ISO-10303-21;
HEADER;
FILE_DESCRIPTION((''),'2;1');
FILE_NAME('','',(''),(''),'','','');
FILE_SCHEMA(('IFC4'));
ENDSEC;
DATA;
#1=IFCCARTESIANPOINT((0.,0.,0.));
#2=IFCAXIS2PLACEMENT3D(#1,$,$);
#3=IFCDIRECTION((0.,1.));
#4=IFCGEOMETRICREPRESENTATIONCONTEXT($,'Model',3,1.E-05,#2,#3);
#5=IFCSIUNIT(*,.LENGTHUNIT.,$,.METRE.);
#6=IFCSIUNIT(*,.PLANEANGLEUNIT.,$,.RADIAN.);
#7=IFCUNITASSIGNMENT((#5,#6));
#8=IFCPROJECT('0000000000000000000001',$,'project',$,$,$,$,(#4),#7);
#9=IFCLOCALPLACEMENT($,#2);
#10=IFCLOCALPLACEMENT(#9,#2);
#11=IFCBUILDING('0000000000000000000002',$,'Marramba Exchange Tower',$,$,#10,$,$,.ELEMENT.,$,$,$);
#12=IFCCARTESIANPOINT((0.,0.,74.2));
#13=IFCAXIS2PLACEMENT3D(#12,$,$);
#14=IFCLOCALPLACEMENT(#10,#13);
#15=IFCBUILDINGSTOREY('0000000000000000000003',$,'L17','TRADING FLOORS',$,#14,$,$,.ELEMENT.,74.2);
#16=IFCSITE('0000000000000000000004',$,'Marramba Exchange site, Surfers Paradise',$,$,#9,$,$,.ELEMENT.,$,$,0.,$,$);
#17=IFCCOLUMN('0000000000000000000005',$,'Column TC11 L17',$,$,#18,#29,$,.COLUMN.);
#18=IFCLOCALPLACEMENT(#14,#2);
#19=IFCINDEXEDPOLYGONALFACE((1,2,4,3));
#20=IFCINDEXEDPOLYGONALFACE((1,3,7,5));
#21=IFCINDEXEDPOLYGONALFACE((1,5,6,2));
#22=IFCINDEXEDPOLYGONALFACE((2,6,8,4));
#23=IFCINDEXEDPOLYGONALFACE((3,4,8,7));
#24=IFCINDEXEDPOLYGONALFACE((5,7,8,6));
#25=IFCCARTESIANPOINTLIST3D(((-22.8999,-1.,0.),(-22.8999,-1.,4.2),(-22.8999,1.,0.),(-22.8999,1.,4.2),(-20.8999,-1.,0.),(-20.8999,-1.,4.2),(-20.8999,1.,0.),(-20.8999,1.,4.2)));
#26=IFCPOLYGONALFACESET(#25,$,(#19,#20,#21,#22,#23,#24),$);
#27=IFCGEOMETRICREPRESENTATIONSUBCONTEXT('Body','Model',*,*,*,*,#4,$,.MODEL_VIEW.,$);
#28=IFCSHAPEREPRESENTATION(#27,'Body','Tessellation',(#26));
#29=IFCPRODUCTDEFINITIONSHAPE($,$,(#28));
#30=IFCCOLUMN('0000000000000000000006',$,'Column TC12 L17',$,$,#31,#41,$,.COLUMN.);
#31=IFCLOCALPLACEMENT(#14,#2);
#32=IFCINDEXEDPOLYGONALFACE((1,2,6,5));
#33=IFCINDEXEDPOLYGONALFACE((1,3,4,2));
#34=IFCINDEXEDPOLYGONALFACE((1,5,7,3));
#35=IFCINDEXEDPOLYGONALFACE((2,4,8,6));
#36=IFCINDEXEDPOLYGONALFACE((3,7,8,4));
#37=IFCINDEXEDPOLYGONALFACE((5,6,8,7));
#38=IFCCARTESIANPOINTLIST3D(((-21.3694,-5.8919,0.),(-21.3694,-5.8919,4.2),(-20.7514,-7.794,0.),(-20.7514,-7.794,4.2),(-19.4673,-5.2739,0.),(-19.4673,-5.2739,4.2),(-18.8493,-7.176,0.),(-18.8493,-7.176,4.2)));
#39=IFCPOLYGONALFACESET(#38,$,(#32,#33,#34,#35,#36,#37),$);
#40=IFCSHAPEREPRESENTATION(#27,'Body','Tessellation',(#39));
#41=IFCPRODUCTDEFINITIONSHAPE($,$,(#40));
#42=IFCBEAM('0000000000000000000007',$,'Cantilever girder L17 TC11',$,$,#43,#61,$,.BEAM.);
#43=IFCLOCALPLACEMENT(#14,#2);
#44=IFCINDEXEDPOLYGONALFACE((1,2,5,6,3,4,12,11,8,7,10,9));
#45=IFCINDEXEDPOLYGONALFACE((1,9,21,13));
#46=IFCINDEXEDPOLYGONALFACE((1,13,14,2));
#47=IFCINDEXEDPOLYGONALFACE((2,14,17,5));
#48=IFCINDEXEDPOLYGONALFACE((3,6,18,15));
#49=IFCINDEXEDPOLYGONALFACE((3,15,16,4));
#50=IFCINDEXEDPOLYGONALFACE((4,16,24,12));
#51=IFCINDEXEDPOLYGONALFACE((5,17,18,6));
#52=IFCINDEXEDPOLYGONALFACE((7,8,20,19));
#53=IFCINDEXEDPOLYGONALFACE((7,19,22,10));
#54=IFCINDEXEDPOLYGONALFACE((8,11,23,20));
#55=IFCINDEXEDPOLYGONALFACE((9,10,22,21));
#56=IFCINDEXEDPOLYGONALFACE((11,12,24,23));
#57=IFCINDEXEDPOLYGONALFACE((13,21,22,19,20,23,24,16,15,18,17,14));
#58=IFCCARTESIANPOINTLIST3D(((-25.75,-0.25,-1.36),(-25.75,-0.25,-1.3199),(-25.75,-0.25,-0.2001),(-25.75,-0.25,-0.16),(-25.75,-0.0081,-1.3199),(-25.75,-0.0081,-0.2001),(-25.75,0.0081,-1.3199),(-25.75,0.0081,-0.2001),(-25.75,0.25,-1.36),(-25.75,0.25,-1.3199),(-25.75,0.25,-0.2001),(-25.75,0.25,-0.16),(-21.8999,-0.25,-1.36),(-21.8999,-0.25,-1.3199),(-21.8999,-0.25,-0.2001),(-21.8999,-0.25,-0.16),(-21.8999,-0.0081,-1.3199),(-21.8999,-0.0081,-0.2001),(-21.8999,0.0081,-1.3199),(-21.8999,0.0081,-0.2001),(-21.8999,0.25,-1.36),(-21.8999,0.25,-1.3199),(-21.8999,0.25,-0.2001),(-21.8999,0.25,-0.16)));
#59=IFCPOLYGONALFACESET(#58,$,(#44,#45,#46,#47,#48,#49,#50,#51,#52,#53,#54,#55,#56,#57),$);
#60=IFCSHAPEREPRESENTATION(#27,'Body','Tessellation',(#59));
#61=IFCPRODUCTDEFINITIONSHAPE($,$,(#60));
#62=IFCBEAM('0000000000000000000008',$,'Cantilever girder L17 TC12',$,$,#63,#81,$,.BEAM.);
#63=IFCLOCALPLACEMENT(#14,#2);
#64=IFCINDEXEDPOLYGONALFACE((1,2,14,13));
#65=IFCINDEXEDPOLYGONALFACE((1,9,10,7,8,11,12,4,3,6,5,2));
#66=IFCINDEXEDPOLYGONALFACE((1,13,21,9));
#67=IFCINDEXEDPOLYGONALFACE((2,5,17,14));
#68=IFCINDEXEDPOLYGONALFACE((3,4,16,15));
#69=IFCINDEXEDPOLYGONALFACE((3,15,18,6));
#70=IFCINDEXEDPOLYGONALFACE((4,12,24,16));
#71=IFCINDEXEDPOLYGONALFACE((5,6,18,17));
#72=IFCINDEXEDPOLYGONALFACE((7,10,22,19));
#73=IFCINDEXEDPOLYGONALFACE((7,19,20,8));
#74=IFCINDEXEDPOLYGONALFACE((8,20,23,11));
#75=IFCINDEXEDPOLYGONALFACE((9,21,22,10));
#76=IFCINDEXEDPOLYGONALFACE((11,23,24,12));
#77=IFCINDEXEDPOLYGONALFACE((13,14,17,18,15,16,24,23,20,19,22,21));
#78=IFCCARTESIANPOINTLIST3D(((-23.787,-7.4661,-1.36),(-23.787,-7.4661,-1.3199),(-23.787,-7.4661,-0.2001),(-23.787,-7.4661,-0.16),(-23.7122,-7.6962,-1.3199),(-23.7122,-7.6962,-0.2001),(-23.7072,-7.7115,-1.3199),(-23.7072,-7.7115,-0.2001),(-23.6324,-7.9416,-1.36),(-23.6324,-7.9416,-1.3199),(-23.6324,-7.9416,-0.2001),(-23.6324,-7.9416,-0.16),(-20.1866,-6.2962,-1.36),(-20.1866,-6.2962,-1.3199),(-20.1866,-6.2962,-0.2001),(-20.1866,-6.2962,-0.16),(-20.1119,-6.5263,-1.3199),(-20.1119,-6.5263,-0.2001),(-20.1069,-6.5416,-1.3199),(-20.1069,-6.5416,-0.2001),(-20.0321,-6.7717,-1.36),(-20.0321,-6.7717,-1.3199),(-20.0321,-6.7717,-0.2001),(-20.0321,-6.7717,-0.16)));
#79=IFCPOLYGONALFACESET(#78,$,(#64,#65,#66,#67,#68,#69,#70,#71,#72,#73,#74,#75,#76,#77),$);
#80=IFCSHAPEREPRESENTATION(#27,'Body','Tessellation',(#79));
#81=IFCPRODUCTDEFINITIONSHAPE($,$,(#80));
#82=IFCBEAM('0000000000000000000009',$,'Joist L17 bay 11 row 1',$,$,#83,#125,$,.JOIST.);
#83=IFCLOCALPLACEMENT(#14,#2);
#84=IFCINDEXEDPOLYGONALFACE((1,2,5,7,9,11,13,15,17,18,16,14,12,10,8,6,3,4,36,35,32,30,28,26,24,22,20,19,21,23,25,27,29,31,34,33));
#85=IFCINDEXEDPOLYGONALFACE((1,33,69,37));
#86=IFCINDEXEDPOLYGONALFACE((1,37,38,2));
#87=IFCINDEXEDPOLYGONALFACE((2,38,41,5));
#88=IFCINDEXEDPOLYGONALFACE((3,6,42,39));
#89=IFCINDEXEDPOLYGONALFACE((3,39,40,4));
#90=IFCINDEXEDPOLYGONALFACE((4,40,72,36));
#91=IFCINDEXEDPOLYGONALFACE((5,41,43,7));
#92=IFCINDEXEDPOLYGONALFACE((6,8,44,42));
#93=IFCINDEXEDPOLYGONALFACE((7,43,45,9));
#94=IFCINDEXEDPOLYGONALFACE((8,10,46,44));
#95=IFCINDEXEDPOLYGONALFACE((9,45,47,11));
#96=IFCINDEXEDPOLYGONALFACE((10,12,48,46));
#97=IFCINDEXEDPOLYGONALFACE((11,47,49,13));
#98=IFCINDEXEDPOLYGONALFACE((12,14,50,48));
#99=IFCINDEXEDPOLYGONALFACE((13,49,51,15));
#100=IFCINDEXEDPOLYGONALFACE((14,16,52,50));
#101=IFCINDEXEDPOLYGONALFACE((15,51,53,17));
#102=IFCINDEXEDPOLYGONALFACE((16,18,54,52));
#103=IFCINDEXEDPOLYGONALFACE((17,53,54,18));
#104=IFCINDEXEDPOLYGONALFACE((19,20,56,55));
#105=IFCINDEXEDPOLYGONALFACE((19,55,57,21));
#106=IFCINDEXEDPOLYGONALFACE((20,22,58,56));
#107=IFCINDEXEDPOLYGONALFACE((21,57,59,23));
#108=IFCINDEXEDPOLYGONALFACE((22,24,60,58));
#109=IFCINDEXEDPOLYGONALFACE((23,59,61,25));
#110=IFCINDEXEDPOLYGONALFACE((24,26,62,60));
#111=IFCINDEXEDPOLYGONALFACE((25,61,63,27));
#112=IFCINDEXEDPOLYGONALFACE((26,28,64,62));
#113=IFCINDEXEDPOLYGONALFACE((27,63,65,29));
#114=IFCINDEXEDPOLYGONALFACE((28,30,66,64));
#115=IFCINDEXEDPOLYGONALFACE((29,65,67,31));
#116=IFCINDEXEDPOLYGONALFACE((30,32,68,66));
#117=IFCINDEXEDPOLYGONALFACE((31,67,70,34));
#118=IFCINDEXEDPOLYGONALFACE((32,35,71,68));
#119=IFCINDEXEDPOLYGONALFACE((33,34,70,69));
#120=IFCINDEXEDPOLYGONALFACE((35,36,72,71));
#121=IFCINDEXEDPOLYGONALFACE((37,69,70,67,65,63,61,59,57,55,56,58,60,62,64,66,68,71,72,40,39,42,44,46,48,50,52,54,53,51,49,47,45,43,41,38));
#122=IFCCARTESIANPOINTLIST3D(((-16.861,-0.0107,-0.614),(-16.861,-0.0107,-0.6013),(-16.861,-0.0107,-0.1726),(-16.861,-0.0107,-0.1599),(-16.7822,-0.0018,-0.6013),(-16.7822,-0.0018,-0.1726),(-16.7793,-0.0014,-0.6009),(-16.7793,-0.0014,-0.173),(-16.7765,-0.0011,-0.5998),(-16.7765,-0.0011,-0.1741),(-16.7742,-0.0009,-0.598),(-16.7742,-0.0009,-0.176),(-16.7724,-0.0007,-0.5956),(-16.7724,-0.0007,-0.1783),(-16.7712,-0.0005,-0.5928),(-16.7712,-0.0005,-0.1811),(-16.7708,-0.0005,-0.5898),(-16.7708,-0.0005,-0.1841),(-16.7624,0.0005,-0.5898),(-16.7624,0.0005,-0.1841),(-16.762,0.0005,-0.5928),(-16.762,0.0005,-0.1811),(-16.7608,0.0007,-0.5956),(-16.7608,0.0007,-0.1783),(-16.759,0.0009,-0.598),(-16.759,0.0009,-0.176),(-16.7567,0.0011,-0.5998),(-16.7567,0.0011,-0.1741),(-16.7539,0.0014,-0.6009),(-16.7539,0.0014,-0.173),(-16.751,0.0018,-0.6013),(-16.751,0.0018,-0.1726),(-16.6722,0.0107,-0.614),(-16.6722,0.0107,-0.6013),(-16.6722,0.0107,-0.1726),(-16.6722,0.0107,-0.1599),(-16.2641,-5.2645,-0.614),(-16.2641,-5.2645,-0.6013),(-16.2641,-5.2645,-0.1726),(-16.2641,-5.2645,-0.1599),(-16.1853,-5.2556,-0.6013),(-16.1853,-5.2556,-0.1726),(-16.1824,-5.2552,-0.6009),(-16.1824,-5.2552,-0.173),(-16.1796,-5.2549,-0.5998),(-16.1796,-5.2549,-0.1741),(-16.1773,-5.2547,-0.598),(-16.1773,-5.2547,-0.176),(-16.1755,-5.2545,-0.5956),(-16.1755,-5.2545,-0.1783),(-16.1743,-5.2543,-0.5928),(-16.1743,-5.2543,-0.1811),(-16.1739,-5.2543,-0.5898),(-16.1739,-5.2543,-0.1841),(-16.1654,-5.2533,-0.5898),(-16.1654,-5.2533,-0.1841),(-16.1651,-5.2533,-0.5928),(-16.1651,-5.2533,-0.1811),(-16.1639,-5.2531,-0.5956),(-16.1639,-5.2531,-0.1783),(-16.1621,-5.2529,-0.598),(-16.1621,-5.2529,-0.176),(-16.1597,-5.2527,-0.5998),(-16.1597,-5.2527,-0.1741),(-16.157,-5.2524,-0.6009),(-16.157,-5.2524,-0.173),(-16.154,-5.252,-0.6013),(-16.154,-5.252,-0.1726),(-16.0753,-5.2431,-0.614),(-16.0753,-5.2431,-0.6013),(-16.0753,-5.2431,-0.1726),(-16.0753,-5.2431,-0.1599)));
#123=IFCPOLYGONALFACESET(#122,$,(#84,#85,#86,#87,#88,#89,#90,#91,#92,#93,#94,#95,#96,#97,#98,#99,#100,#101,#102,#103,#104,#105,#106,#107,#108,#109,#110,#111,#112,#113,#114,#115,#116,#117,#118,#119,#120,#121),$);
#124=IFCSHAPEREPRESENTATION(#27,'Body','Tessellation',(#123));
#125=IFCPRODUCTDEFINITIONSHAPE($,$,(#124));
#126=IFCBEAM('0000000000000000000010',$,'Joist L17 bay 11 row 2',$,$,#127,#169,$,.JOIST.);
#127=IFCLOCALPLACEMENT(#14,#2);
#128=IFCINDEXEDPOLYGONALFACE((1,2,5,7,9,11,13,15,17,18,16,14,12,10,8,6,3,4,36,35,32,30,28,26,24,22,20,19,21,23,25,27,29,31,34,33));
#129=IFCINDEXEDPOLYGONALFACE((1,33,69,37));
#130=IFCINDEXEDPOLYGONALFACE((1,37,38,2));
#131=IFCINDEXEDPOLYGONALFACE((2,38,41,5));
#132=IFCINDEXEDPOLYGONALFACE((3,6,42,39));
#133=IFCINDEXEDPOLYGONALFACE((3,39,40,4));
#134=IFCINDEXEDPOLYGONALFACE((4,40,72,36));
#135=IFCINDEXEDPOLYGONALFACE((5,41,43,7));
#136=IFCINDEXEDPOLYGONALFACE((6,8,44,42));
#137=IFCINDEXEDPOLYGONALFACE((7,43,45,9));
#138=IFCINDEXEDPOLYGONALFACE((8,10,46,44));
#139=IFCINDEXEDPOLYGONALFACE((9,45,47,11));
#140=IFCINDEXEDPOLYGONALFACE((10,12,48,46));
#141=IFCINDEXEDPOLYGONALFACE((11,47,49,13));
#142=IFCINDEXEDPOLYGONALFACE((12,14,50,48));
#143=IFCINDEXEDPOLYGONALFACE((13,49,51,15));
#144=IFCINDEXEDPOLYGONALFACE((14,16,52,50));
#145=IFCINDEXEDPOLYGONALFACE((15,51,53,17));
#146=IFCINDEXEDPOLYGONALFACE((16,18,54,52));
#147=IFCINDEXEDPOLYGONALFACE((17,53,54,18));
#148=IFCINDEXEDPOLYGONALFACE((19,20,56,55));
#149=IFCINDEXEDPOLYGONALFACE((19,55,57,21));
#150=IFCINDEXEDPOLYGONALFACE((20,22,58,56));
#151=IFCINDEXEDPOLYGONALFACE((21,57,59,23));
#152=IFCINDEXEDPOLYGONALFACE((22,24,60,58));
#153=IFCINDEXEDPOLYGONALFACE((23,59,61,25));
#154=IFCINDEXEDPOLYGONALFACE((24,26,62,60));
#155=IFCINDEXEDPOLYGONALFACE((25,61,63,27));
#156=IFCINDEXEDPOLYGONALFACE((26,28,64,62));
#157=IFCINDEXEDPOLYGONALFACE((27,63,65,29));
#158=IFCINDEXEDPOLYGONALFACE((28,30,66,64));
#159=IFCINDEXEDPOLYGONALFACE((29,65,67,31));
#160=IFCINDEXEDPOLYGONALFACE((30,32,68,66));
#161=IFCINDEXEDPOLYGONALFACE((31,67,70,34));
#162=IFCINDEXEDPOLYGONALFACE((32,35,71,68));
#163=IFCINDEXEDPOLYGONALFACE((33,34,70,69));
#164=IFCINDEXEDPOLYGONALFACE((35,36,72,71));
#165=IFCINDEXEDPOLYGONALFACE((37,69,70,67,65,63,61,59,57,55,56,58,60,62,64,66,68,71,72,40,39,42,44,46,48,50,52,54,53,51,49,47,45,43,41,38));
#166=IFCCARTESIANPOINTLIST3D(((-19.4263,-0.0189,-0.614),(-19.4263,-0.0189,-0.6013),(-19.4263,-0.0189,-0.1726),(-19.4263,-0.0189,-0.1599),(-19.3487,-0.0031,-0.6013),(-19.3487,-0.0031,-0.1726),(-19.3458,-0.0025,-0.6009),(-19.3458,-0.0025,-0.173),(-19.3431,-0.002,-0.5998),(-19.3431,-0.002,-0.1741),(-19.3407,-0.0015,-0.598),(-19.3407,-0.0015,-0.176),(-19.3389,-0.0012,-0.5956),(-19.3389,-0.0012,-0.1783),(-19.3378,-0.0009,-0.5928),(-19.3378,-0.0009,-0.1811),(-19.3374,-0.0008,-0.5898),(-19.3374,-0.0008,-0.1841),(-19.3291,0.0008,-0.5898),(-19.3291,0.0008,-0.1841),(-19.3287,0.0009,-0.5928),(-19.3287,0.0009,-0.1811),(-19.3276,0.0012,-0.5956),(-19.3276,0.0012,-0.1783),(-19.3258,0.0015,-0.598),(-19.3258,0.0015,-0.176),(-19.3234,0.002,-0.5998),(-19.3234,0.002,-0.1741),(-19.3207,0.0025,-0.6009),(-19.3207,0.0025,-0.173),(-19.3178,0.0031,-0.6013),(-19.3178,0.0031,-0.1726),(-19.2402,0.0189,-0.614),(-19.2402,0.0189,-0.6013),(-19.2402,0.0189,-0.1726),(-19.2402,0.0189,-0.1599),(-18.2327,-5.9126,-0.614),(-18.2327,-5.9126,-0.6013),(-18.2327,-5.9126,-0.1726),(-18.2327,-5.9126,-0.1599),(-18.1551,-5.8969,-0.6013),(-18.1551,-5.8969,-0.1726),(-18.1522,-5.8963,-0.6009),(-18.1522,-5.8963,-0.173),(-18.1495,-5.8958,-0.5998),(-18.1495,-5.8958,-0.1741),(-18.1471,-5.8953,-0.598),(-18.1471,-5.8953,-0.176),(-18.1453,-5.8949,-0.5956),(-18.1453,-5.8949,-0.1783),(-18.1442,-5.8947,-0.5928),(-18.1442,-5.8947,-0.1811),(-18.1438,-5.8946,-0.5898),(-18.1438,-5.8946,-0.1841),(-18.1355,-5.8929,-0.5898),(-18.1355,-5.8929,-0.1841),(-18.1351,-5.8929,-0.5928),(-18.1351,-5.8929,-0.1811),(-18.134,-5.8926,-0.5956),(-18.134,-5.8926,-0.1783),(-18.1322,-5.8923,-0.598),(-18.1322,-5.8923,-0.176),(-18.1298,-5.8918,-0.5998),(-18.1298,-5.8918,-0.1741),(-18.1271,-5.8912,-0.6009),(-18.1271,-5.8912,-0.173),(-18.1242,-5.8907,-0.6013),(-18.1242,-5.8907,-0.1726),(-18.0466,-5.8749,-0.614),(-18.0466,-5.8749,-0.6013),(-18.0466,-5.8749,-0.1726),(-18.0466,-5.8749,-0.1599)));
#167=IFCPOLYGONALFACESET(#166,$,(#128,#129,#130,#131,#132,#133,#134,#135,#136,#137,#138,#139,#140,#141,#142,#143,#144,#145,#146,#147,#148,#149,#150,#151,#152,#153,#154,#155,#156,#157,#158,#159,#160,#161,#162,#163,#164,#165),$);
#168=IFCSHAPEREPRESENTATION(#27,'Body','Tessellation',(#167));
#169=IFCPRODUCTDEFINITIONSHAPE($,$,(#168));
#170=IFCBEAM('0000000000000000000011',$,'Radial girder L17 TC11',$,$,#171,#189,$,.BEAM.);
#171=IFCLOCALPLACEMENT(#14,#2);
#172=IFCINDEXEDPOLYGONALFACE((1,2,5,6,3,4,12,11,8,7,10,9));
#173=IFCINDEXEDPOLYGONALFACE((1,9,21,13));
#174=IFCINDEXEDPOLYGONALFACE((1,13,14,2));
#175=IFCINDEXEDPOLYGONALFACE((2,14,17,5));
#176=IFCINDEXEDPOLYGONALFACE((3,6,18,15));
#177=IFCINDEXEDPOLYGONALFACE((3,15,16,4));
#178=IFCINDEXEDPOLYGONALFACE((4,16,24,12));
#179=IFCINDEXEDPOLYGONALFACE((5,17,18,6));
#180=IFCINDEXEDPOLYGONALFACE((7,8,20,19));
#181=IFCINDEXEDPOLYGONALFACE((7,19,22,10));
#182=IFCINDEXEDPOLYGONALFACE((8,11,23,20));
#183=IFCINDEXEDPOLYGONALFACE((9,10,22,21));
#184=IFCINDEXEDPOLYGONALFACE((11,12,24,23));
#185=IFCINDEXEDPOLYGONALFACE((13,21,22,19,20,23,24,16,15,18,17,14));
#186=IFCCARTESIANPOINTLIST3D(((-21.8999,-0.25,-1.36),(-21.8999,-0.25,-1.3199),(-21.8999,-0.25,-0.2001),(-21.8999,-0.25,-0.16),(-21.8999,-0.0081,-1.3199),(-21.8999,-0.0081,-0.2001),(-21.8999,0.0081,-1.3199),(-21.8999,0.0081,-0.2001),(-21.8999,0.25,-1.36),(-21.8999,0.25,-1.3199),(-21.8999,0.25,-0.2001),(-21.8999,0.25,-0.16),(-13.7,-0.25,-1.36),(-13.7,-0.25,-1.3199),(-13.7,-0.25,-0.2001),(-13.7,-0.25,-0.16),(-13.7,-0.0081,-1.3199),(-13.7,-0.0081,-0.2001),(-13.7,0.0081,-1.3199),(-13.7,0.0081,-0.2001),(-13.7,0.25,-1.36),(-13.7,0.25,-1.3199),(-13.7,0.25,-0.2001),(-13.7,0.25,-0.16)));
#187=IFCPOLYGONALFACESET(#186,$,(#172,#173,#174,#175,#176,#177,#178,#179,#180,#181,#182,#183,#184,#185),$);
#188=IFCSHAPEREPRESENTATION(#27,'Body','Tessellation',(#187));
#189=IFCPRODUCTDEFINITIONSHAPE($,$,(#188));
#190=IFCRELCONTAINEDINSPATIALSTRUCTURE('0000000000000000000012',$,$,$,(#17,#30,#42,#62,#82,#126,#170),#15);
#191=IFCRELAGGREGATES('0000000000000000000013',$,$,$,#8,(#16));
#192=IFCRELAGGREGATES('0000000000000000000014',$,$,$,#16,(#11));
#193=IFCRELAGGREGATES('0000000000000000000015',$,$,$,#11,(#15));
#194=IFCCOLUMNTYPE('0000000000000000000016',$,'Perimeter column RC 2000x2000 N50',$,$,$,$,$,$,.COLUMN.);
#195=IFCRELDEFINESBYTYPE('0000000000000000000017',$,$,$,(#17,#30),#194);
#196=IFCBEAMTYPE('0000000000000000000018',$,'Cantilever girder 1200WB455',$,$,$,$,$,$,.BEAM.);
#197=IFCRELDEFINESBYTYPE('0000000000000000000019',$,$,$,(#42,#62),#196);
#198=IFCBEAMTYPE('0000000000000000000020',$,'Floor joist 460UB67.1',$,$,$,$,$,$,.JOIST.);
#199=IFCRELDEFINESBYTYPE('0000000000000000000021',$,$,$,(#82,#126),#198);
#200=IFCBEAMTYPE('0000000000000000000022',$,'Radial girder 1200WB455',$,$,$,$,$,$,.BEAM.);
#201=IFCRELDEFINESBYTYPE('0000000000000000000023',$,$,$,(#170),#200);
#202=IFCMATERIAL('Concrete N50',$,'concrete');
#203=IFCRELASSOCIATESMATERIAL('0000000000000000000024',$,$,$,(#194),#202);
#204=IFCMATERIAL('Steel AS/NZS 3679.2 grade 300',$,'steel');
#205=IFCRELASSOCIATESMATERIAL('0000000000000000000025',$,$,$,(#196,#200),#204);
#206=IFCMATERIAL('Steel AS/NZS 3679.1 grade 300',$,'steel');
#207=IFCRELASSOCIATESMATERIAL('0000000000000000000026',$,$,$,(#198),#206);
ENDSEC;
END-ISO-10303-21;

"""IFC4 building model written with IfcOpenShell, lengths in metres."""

from ifc_helpers import new_model, si_unit, direction, frame, origin, origin_2d, place, context, subcontext, project, spatial, rectangle, i_section, extrude, material, material_profile, profile_set, type_object, element, save


model = new_model("IFC4")

# Units and contexts
model_context = context("Model", 3, precision=1e-05, world=origin(), true_north=direction((0.0, 1.0)))
body_context = subcontext(model_context, "Body", "Model", "MODEL_VIEW")
ifc_project = project(units=[si_unit("LENGTHUNIT", "METRE"), si_unit("PLANEANGLEUNIT", "RADIAN")], contexts=[model_context])

# Site, building, storey
site_placement = place(None, origin())
site = spatial("IfcSite", under=ifc_project, at=site_placement, Name="Marramba Exchange site, Surfers Paradise", CompositionType="ELEMENT", RefElevation=0.0)
building_placement = place(site_placement, origin())
building = spatial("IfcBuilding", under=site, at=building_placement, Name="Marramba Exchange Tower", CompositionType="ELEMENT")
storey_placement = place(building_placement, frame((0.0, 0.0, 74.2)))
storey = spatial("IfcBuildingStorey", under=building, at=storey_placement, Name="L17", Description="TRADING FLOORS", CompositionType="ELEMENT", Elevation=74.2)

# Columns
ifc_material_1 = material(Name="Concrete N50", Category="concrete")
ifc_material_profile_1 = material_profile(ifc_material_1, rectangle(XDim=2.0, YDim=2.0, at=origin_2d()), Name="RC 2000x2000")
ifc_profile_set_1 = profile_set([ifc_material_profile_1], Name="Concrete N50")
column_type = type_object("IfcColumnType", Name="Perimeter column RC 2000x2000 N50", PredefinedType="COLUMN", material=ifc_profile_set_1)
for number, where, z_axis, x_axis, name in (
    (1, (-21.8999, 0.0, 0.0), (0.0, 0.0, 1.0), (-1.0, 0.0, 0.0), "Column TC11 L17"),
    (2, (-20.1094, -6.5339, 0.0), (0.0, 0.0, 1.0), (-0.951057, -0.309017, 0.0), "Column TC12 L17"),
):
    element("IfcColumn", number, at=place(storey_placement, frame(where, z_axis=z_axis, x_axis=x_axis)), inside=storey, type_object=column_type, Name=name, PredefinedType="COLUMN", context=body_context, shape_type="SweptSolid", body=[
        extrude(rectangle(XDim=2.0, YDim=2.0, at=origin_2d()), origin(), (0.0, 0.0, 1.0), 4.2),
    ])

# Beams
ifc_material_2 = material(Name="Steel AS/NZS 3679.2 grade 300", Category="steel")
ifc_material_profile_2 = material_profile(ifc_material_2, i_section(OverallWidth=0.5, OverallDepth=1.2, WebThickness=0.0161, FlangeThickness=0.04, at=origin_2d()), Name="1200WB455")
ifc_profile_set_2 = profile_set([ifc_material_profile_2], Name="Steel AS/NZS 3679.2 grade 300")
beam_type_1 = type_object("IfcBeamType", Name="Cantilever girder 1200WB455", PredefinedType="BEAM", material=ifc_profile_set_2)
beam_1_placement = place(storey_placement, frame((-21.8999, 0.0, -0.76), z_axis=(-1.0, 0.0, 0.0), x_axis=(0.0, -1.0, 0.0)))
element("IfcBeam", 3, at=beam_1_placement, inside=storey, type_object=beam_type_1, Name="Cantilever girder L17 TC11", PredefinedType="BEAM", context=body_context, shape_type="SweptSolid", body=[
    extrude(i_section(OverallWidth=0.5, OverallDepth=1.2, WebThickness=0.0161, FlangeThickness=0.04, at=origin_2d()), origin(), (0.0, 0.0, 1.0), 3.8501),
])
beam_2_placement = place(storey_placement, frame((-20.1094, -6.5339, -0.76), z_axis=(-0.951049, -0.309041, 0.0), x_axis=(0.309041, -0.951049, 0.0)))
element("IfcBeam", 4, at=beam_2_placement, inside=storey, type_object=beam_type_1, Name="Cantilever girder L17 TC12", PredefinedType="BEAM", context=body_context, shape_type="SweptSolid", body=[
    extrude(i_section(OverallWidth=0.5, OverallDepth=1.2, WebThickness=0.0161, FlangeThickness=0.04, at=origin_2d()), origin(), (0.0, 0.0, 1.0), 3.7856),
])
ifc_material_3 = material(Name="Steel AS/NZS 3679.1 grade 300", Category="steel")
ifc_material_profile_3 = material_profile(ifc_material_3, i_section(OverallWidth=0.1899, OverallDepth=0.4541, WebThickness=0.0085, FlangeThickness=0.0127, FilletRadius=0.0115, at=origin_2d()), Name="460UB67.1")
ifc_profile_set_3 = profile_set([ifc_material_profile_3], Name="Steel AS/NZS 3679.1 grade 300")
beam_type_2 = type_object("IfcBeamType", Name="Floor joist 460UB67.1", PredefinedType="JOIST", material=ifc_profile_set_3)
beam_3_placement = place(storey_placement, frame((-16.7666, 0.0, -0.387), z_axis=(0.112889, -0.993608, 0.0), x_axis=(0.993608, 0.112889, 0.0)))
element("IfcBeam", 5, at=beam_3_placement, inside=storey, type_object=beam_type_2, Name="Joist L17 bay 11 row 1", PredefinedType="JOIST", context=body_context, shape_type="SweptSolid", body=[
    extrude(i_section(OverallWidth=0.1899, OverallDepth=0.4541, WebThickness=0.0085, FlangeThickness=0.0127, FilletRadius=0.0115, at=origin_2d()), origin(), (0.0, 0.0, 1.0), 5.2876),
])
beam_4_placement = place(storey_placement, frame((-19.3333, 0.0, -0.387), z_axis=(0.198489, -0.980103, 0.0), x_axis=(0.980103, 0.198489, 0.0)))
element("IfcBeam", 6, at=beam_4_placement, inside=storey, type_object=beam_type_2, Name="Joist L17 bay 11 row 2", PredefinedType="JOIST", context=body_context, shape_type="SweptSolid", body=[
    extrude(i_section(OverallWidth=0.1899, OverallDepth=0.4541, WebThickness=0.0085, FlangeThickness=0.0127, FilletRadius=0.0115, at=origin_2d()), origin(), (0.0, 0.0, 1.0), 6.0134),
])
ifc_material_profile_4 = material_profile(ifc_material_2, i_section(OverallWidth=0.5, OverallDepth=1.2, WebThickness=0.0161, FlangeThickness=0.04, at=origin_2d()), Name="1200WB455")
ifc_profile_set_4 = profile_set([ifc_material_profile_4], Name="Steel AS/NZS 3679.2 grade 300")
beam_type_3 = type_object("IfcBeamType", Name="Radial girder 1200WB455", PredefinedType="BEAM", material=ifc_profile_set_4)
beam_5_placement = place(storey_placement, frame((-13.7, 0.0, -0.76), z_axis=(-1.0, 0.0, 0.0), x_axis=(0.0, -1.0, 0.0)))
element("IfcBeam", 7, at=beam_5_placement, inside=storey, type_object=beam_type_3, Name="Radial girder L17 TC11", PredefinedType="BEAM", context=body_context, shape_type="SweptSolid", body=[
    extrude(i_section(OverallWidth=0.5, OverallDepth=1.2, WebThickness=0.0161, FlangeThickness=0.04, at=origin_2d()), origin(), (0.0, 0.0, 1.0), 8.2),
])

save(model, "model.ifc")
